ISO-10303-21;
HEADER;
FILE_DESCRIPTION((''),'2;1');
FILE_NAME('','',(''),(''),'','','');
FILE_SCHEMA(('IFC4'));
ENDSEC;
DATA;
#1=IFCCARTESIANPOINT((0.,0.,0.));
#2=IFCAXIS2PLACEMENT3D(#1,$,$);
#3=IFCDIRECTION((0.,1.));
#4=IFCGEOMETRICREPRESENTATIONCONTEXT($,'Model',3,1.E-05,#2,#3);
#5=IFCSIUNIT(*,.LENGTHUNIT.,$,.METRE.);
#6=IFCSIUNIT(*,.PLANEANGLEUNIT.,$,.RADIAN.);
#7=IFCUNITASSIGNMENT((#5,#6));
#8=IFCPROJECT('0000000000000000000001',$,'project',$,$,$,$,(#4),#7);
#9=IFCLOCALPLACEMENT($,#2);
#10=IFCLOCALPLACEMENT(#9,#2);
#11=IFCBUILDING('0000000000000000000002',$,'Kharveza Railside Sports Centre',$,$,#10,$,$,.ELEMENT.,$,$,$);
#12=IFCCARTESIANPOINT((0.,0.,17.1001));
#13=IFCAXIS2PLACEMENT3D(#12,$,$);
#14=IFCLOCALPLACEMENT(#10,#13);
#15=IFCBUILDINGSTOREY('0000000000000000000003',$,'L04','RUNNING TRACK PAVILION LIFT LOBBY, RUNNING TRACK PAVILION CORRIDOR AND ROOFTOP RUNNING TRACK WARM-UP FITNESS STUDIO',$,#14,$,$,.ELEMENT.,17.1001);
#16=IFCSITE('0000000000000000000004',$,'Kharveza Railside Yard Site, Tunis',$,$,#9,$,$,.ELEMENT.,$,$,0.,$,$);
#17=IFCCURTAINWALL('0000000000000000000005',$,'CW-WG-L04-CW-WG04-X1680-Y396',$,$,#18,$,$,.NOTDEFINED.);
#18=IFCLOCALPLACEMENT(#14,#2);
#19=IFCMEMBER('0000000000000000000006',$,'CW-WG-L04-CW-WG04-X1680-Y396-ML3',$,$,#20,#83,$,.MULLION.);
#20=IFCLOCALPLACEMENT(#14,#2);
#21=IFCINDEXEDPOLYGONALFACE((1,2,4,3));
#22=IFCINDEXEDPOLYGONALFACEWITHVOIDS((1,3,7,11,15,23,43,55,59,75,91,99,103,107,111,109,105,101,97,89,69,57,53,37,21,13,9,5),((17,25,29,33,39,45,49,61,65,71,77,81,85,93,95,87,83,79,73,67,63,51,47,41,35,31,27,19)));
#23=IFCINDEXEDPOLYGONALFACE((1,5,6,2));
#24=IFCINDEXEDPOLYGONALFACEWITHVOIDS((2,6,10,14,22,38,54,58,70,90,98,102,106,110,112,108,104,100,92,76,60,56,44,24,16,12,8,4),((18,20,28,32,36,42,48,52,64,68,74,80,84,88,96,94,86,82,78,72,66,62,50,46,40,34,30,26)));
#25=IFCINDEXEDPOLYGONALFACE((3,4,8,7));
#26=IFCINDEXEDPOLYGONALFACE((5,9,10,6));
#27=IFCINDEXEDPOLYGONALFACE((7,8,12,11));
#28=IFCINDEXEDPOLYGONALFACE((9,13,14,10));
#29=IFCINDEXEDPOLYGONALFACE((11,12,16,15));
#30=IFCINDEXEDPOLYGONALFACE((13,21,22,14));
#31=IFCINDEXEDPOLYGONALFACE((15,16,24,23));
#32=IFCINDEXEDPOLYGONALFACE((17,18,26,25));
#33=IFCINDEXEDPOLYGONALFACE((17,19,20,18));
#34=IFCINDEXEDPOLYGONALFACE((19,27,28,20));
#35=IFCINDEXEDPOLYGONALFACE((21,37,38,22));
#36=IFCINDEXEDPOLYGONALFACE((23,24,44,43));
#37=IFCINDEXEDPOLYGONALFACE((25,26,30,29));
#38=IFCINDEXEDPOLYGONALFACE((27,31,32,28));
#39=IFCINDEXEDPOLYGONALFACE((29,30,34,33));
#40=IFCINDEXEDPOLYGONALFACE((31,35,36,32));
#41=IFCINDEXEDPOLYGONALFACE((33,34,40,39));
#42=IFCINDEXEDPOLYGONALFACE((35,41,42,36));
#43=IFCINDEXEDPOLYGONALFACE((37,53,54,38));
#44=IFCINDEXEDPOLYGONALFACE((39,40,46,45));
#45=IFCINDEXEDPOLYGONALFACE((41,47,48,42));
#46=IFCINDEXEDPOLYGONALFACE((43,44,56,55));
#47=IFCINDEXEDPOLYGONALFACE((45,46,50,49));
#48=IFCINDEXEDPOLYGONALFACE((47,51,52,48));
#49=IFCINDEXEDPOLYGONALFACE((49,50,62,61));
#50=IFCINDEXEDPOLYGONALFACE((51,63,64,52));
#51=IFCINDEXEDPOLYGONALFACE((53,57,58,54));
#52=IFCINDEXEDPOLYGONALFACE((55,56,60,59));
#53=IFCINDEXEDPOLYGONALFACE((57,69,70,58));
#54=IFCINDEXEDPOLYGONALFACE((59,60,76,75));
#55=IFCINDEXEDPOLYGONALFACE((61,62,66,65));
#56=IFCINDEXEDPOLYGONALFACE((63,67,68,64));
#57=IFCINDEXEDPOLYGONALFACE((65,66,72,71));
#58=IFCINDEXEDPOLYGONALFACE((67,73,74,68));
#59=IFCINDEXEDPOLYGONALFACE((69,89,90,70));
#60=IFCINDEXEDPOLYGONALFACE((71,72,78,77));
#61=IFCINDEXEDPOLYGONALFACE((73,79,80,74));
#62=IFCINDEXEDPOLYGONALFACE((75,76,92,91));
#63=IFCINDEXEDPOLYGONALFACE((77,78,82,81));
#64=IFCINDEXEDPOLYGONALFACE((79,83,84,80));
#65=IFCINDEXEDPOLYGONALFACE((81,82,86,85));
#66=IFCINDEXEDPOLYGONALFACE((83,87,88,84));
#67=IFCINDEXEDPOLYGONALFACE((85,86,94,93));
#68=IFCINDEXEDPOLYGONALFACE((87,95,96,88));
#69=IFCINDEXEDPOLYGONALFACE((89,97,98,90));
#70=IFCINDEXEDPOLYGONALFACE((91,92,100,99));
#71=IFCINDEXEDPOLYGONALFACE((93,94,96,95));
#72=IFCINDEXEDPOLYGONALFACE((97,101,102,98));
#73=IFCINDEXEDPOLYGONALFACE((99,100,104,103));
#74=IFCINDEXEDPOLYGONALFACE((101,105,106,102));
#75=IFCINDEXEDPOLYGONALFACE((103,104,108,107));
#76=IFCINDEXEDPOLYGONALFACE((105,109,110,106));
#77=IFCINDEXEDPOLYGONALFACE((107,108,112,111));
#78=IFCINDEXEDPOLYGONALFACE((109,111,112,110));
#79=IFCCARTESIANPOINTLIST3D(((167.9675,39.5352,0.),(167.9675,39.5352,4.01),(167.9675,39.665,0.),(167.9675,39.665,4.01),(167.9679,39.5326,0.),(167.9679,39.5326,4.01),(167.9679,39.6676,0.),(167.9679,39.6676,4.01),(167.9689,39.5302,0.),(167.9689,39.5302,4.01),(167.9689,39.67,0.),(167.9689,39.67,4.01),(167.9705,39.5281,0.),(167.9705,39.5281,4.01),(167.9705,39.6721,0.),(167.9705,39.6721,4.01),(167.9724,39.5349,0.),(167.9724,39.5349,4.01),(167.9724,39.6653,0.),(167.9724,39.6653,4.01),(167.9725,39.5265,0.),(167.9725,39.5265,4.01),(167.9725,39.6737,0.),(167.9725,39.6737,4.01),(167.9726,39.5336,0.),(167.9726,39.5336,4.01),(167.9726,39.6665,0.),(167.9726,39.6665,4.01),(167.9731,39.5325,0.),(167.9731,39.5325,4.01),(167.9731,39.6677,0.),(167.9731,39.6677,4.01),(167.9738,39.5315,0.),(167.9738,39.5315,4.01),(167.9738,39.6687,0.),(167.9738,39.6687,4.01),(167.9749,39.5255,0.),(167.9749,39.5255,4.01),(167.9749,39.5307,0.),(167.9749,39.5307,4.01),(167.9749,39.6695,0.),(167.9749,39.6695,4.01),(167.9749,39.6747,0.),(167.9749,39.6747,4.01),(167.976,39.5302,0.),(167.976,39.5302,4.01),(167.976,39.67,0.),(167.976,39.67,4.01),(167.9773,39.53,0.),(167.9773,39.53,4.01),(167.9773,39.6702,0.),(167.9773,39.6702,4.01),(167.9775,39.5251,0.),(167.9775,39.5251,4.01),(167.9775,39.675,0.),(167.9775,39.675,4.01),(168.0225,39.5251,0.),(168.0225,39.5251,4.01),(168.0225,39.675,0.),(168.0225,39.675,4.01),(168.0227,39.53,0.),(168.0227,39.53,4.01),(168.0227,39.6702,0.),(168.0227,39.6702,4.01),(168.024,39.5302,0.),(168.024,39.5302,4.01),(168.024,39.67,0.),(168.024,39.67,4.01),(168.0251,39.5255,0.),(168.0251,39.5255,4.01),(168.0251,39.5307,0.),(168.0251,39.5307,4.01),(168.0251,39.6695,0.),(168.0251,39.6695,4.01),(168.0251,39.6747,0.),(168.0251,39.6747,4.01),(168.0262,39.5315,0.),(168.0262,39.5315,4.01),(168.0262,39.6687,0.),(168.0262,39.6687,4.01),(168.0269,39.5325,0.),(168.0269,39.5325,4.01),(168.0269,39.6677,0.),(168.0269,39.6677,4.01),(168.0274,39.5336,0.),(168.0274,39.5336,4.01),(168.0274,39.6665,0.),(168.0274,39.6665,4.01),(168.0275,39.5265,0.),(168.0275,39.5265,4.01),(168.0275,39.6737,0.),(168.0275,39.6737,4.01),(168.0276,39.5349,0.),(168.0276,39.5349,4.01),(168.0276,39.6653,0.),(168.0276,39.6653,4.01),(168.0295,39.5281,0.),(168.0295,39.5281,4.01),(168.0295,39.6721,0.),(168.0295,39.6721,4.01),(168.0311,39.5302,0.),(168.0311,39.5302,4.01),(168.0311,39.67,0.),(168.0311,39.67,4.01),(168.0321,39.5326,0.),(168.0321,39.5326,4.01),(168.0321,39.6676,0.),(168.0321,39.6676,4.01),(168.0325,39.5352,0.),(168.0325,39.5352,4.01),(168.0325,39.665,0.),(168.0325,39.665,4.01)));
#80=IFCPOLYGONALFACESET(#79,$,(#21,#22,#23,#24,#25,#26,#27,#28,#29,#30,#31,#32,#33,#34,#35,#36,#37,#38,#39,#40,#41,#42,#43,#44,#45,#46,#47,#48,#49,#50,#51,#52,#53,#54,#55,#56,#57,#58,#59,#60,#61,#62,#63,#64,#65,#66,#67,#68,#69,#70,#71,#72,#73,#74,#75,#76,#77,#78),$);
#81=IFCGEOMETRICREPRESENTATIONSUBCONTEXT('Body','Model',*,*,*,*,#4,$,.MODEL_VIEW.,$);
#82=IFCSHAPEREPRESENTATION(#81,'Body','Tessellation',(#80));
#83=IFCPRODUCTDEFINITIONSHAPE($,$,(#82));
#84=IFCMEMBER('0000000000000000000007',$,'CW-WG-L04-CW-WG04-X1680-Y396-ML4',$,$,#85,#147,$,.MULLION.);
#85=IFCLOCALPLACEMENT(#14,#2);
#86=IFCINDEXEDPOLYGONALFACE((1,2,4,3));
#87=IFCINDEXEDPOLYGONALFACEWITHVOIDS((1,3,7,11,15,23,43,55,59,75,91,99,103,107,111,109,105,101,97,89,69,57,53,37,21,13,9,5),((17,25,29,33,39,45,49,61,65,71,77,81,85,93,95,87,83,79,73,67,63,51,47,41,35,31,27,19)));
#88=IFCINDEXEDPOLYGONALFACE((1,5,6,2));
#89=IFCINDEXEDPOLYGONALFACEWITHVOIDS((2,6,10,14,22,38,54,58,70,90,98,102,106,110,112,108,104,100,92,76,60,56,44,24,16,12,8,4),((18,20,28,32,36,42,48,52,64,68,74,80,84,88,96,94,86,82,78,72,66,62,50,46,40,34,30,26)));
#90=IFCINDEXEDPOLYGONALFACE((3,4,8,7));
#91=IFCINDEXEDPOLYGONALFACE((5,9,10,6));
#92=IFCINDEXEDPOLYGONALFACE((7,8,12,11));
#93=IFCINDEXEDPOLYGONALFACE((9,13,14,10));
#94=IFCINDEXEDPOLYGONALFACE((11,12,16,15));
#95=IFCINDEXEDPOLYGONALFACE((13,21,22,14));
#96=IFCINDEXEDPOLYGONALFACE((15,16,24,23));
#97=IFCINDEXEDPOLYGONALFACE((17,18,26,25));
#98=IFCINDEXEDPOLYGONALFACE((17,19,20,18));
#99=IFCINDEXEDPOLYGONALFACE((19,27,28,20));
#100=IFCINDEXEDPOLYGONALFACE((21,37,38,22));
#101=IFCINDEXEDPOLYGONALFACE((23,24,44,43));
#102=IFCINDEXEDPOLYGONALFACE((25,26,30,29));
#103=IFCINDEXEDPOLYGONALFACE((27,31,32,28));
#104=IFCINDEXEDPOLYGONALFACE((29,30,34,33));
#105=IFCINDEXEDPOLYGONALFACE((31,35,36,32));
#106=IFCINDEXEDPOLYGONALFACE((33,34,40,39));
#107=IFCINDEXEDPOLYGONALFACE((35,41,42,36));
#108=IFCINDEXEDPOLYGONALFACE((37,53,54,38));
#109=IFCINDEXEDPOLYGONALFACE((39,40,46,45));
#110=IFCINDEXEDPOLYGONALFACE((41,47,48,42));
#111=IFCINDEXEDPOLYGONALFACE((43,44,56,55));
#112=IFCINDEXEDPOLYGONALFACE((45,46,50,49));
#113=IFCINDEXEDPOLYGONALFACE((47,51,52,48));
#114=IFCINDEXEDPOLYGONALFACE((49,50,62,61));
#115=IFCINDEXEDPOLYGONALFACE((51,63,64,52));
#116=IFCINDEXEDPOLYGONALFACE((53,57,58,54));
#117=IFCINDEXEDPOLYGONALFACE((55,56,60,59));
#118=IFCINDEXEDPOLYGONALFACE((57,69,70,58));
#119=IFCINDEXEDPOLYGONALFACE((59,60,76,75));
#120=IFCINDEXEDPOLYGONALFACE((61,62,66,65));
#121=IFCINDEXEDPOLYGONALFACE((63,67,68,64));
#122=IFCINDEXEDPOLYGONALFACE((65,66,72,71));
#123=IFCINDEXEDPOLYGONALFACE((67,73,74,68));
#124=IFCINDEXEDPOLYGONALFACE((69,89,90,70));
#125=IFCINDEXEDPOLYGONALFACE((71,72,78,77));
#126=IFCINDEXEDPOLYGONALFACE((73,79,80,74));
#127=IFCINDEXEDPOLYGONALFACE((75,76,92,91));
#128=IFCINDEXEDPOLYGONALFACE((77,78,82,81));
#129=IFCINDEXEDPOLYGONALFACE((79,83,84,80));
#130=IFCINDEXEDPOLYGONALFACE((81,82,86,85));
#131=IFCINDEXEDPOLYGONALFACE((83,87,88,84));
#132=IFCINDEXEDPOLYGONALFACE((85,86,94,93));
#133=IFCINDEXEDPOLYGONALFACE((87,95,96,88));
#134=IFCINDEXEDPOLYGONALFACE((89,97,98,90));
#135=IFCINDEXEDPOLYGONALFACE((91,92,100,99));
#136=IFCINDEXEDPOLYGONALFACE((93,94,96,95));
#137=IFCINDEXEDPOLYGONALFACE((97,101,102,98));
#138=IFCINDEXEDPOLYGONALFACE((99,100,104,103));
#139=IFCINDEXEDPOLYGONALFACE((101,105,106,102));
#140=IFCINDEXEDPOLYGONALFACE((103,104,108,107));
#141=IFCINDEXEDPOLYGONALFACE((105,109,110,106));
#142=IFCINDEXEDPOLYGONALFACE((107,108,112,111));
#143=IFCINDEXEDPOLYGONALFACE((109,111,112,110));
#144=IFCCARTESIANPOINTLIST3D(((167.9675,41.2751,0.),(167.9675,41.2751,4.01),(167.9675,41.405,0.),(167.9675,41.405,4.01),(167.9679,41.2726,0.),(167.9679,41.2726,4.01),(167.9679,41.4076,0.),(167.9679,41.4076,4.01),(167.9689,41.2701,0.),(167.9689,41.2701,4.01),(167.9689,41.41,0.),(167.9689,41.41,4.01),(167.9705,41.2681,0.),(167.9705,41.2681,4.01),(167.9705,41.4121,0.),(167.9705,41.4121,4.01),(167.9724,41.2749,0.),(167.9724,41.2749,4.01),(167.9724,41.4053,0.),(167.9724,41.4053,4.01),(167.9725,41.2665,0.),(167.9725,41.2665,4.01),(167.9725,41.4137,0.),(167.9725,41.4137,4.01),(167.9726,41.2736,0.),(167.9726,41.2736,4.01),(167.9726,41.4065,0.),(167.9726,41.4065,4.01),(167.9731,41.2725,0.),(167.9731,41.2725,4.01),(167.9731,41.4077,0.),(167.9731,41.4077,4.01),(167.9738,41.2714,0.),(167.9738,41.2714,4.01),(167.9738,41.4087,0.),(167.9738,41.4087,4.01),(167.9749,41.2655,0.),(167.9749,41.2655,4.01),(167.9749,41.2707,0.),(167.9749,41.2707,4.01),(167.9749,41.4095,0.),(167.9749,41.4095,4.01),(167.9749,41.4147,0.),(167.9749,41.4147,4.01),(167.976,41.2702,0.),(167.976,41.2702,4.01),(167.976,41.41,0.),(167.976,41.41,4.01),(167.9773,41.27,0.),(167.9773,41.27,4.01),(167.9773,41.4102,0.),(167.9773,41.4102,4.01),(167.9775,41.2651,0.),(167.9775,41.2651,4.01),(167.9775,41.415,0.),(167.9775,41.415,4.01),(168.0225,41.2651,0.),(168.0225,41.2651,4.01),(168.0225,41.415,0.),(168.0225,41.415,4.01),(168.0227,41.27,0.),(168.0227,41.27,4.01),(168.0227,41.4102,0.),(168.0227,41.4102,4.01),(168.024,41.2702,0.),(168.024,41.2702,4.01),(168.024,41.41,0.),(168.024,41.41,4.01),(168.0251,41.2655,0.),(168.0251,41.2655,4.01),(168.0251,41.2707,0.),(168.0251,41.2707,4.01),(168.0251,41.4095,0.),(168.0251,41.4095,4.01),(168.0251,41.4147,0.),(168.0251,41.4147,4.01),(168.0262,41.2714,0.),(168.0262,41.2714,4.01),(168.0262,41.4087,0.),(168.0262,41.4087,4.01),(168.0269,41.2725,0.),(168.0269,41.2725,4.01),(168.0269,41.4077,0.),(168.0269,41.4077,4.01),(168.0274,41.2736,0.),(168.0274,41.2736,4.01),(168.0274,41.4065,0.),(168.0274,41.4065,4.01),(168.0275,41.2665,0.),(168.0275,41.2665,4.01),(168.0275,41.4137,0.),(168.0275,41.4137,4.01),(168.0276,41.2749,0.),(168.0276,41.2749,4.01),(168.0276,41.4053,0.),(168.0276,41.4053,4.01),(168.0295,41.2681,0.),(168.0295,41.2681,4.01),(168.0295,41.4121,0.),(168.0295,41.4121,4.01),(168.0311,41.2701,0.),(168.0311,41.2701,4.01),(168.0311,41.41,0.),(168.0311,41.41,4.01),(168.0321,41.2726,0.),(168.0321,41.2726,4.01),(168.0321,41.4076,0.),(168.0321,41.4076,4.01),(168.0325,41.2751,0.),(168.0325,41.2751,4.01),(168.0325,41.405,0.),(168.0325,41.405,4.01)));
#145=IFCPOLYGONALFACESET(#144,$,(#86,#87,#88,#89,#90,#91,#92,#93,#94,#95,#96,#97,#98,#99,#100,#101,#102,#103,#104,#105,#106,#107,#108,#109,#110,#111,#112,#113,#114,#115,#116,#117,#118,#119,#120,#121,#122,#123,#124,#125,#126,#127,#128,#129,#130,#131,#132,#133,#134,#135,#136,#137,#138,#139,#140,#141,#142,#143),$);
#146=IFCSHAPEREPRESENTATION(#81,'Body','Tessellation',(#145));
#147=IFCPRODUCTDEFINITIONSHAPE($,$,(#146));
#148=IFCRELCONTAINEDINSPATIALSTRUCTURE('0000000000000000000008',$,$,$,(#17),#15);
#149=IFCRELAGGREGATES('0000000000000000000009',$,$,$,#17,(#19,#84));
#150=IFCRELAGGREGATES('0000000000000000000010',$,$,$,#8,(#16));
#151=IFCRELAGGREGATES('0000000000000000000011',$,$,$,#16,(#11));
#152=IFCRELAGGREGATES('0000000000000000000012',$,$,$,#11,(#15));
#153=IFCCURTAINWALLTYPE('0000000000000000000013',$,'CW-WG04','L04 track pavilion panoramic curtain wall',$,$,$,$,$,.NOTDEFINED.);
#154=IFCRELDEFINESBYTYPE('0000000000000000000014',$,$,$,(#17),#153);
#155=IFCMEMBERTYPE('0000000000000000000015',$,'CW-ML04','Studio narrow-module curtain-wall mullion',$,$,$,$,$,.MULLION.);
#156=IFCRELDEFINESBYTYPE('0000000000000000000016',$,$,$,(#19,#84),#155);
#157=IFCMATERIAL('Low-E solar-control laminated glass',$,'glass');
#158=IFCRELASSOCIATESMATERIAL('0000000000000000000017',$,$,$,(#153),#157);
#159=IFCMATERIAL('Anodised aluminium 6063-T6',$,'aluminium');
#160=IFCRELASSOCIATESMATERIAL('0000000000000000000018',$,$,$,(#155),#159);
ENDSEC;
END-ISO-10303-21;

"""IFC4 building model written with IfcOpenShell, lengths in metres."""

from ifc_helpers import new_model, si_unit, direction, frame, origin, origin_2d, place, context, subcontext, project, spatial, hollow_rectangle, extrude, material, material_profile, profile_set, type_object, element, aggregate, save


model = new_model("IFC4")

# Units and contexts
model_context = context("Model", 3, precision=1e-05, world=origin(), true_north=direction((0.0, 1.0)))
body_context = subcontext(model_context, "Body", "Model", "MODEL_VIEW")
ifc_project = project(units=[si_unit("LENGTHUNIT", "METRE"), si_unit("PLANEANGLEUNIT", "RADIAN")], contexts=[model_context])

# Site, building, storey
site_placement = place(None, origin())
site = spatial("IfcSite", under=ifc_project, at=site_placement, Name="Kharveza Railside Yard Site, Tunis", CompositionType="ELEMENT", RefElevation=0.0)
building_placement = place(site_placement, origin())
building = spatial("IfcBuilding", under=site, at=building_placement, Name="Kharveza Railside Sports Centre", CompositionType="ELEMENT")
storey_placement = place(building_placement, frame((0.0, 0.0, 17.1001)))
storey = spatial("IfcBuildingStorey", under=building, at=storey_placement, Name="L04", Description="RUNNING TRACK PAVILION LIFT LOBBY, RUNNING TRACK PAVILION CORRIDOR AND ROOFTOP RUNNING TRACK WARM-UP FITNESS STUDIO", CompositionType="ELEMENT", Elevation=17.1001)

# Curtain wall, members
ifc_material_1 = material(Name="Low-E solar-control laminated glass", Category="glass")
curtain_wall_type = type_object("IfcCurtainWallType", Name="CW-WG04", Description="L04 track pavilion panoramic curtain wall", PredefinedType="NOTDEFINED", material=ifc_material_1)
curtain_wall_placement = place(storey_placement, origin())
curtain_wall = element("IfcCurtainWall", 1, at=curtain_wall_placement, inside=storey, type_object=curtain_wall_type, Name="CW-WG-L04-CW-WG04-X1680-Y396", PredefinedType="NOTDEFINED")
ifc_material_2 = material(Name="Anodised aluminium 6063-T6", Category="aluminium")
ifc_material_profile_1 = material_profile(ifc_material_2, hollow_rectangle(XDim=0.0649, YDim=0.1499, WallThickness=0.0049, InnerFilletRadius=0.0049, OuterFilletRadius=0.01, at=origin_2d()), Name="RHS 65x150x5.0")
ifc_profile_set_1 = profile_set([ifc_material_profile_1], Name="Anodised aluminium 6063-T6")
member_type_1 = type_object("IfcMemberType", Name="CW-ML04", Description="Studio narrow-module curtain-wall mullion", PredefinedType="MULLION", material=ifc_profile_set_1)
member_1_placement = place(storey_placement, frame((168.0, 39.6001, 0.0), z_axis=(0.0, 0.0, 1.0), x_axis=(1.0, 0.0, 0.0)))
member_1 = element("IfcMember", 2, at=member_1_placement, type_object=member_type_1, Name="CW-WG-L04-CW-WG04-X1680-Y396-ML3", PredefinedType="MULLION", context=body_context, shape_type="SweptSolid", body=[
    extrude(hollow_rectangle(XDim=0.0649, YDim=0.1499, WallThickness=0.0049, InnerFilletRadius=0.0049, OuterFilletRadius=0.01, at=origin_2d()), origin(), (0.0, 0.0, 1.0), 4.01),
])
member_2_placement = place(storey_placement, frame((168.0, 41.3401, 0.0), z_axis=(0.0, 0.0, 1.0), x_axis=(1.0, 0.0, 0.0)))
member_2 = element("IfcMember", 3, at=member_2_placement, type_object=member_type_1, Name="CW-WG-L04-CW-WG04-X1680-Y396-ML4", PredefinedType="MULLION", context=body_context, shape_type="SweptSolid", body=[
    extrude(hollow_rectangle(XDim=0.0649, YDim=0.1499, WallThickness=0.0049, InnerFilletRadius=0.0049, OuterFilletRadius=0.01, at=origin_2d()), origin(), (0.0, 0.0, 1.0), 4.01),
])
aggregate(curtain_wall, [member_1, member_2])

save(model, "model.ifc")
